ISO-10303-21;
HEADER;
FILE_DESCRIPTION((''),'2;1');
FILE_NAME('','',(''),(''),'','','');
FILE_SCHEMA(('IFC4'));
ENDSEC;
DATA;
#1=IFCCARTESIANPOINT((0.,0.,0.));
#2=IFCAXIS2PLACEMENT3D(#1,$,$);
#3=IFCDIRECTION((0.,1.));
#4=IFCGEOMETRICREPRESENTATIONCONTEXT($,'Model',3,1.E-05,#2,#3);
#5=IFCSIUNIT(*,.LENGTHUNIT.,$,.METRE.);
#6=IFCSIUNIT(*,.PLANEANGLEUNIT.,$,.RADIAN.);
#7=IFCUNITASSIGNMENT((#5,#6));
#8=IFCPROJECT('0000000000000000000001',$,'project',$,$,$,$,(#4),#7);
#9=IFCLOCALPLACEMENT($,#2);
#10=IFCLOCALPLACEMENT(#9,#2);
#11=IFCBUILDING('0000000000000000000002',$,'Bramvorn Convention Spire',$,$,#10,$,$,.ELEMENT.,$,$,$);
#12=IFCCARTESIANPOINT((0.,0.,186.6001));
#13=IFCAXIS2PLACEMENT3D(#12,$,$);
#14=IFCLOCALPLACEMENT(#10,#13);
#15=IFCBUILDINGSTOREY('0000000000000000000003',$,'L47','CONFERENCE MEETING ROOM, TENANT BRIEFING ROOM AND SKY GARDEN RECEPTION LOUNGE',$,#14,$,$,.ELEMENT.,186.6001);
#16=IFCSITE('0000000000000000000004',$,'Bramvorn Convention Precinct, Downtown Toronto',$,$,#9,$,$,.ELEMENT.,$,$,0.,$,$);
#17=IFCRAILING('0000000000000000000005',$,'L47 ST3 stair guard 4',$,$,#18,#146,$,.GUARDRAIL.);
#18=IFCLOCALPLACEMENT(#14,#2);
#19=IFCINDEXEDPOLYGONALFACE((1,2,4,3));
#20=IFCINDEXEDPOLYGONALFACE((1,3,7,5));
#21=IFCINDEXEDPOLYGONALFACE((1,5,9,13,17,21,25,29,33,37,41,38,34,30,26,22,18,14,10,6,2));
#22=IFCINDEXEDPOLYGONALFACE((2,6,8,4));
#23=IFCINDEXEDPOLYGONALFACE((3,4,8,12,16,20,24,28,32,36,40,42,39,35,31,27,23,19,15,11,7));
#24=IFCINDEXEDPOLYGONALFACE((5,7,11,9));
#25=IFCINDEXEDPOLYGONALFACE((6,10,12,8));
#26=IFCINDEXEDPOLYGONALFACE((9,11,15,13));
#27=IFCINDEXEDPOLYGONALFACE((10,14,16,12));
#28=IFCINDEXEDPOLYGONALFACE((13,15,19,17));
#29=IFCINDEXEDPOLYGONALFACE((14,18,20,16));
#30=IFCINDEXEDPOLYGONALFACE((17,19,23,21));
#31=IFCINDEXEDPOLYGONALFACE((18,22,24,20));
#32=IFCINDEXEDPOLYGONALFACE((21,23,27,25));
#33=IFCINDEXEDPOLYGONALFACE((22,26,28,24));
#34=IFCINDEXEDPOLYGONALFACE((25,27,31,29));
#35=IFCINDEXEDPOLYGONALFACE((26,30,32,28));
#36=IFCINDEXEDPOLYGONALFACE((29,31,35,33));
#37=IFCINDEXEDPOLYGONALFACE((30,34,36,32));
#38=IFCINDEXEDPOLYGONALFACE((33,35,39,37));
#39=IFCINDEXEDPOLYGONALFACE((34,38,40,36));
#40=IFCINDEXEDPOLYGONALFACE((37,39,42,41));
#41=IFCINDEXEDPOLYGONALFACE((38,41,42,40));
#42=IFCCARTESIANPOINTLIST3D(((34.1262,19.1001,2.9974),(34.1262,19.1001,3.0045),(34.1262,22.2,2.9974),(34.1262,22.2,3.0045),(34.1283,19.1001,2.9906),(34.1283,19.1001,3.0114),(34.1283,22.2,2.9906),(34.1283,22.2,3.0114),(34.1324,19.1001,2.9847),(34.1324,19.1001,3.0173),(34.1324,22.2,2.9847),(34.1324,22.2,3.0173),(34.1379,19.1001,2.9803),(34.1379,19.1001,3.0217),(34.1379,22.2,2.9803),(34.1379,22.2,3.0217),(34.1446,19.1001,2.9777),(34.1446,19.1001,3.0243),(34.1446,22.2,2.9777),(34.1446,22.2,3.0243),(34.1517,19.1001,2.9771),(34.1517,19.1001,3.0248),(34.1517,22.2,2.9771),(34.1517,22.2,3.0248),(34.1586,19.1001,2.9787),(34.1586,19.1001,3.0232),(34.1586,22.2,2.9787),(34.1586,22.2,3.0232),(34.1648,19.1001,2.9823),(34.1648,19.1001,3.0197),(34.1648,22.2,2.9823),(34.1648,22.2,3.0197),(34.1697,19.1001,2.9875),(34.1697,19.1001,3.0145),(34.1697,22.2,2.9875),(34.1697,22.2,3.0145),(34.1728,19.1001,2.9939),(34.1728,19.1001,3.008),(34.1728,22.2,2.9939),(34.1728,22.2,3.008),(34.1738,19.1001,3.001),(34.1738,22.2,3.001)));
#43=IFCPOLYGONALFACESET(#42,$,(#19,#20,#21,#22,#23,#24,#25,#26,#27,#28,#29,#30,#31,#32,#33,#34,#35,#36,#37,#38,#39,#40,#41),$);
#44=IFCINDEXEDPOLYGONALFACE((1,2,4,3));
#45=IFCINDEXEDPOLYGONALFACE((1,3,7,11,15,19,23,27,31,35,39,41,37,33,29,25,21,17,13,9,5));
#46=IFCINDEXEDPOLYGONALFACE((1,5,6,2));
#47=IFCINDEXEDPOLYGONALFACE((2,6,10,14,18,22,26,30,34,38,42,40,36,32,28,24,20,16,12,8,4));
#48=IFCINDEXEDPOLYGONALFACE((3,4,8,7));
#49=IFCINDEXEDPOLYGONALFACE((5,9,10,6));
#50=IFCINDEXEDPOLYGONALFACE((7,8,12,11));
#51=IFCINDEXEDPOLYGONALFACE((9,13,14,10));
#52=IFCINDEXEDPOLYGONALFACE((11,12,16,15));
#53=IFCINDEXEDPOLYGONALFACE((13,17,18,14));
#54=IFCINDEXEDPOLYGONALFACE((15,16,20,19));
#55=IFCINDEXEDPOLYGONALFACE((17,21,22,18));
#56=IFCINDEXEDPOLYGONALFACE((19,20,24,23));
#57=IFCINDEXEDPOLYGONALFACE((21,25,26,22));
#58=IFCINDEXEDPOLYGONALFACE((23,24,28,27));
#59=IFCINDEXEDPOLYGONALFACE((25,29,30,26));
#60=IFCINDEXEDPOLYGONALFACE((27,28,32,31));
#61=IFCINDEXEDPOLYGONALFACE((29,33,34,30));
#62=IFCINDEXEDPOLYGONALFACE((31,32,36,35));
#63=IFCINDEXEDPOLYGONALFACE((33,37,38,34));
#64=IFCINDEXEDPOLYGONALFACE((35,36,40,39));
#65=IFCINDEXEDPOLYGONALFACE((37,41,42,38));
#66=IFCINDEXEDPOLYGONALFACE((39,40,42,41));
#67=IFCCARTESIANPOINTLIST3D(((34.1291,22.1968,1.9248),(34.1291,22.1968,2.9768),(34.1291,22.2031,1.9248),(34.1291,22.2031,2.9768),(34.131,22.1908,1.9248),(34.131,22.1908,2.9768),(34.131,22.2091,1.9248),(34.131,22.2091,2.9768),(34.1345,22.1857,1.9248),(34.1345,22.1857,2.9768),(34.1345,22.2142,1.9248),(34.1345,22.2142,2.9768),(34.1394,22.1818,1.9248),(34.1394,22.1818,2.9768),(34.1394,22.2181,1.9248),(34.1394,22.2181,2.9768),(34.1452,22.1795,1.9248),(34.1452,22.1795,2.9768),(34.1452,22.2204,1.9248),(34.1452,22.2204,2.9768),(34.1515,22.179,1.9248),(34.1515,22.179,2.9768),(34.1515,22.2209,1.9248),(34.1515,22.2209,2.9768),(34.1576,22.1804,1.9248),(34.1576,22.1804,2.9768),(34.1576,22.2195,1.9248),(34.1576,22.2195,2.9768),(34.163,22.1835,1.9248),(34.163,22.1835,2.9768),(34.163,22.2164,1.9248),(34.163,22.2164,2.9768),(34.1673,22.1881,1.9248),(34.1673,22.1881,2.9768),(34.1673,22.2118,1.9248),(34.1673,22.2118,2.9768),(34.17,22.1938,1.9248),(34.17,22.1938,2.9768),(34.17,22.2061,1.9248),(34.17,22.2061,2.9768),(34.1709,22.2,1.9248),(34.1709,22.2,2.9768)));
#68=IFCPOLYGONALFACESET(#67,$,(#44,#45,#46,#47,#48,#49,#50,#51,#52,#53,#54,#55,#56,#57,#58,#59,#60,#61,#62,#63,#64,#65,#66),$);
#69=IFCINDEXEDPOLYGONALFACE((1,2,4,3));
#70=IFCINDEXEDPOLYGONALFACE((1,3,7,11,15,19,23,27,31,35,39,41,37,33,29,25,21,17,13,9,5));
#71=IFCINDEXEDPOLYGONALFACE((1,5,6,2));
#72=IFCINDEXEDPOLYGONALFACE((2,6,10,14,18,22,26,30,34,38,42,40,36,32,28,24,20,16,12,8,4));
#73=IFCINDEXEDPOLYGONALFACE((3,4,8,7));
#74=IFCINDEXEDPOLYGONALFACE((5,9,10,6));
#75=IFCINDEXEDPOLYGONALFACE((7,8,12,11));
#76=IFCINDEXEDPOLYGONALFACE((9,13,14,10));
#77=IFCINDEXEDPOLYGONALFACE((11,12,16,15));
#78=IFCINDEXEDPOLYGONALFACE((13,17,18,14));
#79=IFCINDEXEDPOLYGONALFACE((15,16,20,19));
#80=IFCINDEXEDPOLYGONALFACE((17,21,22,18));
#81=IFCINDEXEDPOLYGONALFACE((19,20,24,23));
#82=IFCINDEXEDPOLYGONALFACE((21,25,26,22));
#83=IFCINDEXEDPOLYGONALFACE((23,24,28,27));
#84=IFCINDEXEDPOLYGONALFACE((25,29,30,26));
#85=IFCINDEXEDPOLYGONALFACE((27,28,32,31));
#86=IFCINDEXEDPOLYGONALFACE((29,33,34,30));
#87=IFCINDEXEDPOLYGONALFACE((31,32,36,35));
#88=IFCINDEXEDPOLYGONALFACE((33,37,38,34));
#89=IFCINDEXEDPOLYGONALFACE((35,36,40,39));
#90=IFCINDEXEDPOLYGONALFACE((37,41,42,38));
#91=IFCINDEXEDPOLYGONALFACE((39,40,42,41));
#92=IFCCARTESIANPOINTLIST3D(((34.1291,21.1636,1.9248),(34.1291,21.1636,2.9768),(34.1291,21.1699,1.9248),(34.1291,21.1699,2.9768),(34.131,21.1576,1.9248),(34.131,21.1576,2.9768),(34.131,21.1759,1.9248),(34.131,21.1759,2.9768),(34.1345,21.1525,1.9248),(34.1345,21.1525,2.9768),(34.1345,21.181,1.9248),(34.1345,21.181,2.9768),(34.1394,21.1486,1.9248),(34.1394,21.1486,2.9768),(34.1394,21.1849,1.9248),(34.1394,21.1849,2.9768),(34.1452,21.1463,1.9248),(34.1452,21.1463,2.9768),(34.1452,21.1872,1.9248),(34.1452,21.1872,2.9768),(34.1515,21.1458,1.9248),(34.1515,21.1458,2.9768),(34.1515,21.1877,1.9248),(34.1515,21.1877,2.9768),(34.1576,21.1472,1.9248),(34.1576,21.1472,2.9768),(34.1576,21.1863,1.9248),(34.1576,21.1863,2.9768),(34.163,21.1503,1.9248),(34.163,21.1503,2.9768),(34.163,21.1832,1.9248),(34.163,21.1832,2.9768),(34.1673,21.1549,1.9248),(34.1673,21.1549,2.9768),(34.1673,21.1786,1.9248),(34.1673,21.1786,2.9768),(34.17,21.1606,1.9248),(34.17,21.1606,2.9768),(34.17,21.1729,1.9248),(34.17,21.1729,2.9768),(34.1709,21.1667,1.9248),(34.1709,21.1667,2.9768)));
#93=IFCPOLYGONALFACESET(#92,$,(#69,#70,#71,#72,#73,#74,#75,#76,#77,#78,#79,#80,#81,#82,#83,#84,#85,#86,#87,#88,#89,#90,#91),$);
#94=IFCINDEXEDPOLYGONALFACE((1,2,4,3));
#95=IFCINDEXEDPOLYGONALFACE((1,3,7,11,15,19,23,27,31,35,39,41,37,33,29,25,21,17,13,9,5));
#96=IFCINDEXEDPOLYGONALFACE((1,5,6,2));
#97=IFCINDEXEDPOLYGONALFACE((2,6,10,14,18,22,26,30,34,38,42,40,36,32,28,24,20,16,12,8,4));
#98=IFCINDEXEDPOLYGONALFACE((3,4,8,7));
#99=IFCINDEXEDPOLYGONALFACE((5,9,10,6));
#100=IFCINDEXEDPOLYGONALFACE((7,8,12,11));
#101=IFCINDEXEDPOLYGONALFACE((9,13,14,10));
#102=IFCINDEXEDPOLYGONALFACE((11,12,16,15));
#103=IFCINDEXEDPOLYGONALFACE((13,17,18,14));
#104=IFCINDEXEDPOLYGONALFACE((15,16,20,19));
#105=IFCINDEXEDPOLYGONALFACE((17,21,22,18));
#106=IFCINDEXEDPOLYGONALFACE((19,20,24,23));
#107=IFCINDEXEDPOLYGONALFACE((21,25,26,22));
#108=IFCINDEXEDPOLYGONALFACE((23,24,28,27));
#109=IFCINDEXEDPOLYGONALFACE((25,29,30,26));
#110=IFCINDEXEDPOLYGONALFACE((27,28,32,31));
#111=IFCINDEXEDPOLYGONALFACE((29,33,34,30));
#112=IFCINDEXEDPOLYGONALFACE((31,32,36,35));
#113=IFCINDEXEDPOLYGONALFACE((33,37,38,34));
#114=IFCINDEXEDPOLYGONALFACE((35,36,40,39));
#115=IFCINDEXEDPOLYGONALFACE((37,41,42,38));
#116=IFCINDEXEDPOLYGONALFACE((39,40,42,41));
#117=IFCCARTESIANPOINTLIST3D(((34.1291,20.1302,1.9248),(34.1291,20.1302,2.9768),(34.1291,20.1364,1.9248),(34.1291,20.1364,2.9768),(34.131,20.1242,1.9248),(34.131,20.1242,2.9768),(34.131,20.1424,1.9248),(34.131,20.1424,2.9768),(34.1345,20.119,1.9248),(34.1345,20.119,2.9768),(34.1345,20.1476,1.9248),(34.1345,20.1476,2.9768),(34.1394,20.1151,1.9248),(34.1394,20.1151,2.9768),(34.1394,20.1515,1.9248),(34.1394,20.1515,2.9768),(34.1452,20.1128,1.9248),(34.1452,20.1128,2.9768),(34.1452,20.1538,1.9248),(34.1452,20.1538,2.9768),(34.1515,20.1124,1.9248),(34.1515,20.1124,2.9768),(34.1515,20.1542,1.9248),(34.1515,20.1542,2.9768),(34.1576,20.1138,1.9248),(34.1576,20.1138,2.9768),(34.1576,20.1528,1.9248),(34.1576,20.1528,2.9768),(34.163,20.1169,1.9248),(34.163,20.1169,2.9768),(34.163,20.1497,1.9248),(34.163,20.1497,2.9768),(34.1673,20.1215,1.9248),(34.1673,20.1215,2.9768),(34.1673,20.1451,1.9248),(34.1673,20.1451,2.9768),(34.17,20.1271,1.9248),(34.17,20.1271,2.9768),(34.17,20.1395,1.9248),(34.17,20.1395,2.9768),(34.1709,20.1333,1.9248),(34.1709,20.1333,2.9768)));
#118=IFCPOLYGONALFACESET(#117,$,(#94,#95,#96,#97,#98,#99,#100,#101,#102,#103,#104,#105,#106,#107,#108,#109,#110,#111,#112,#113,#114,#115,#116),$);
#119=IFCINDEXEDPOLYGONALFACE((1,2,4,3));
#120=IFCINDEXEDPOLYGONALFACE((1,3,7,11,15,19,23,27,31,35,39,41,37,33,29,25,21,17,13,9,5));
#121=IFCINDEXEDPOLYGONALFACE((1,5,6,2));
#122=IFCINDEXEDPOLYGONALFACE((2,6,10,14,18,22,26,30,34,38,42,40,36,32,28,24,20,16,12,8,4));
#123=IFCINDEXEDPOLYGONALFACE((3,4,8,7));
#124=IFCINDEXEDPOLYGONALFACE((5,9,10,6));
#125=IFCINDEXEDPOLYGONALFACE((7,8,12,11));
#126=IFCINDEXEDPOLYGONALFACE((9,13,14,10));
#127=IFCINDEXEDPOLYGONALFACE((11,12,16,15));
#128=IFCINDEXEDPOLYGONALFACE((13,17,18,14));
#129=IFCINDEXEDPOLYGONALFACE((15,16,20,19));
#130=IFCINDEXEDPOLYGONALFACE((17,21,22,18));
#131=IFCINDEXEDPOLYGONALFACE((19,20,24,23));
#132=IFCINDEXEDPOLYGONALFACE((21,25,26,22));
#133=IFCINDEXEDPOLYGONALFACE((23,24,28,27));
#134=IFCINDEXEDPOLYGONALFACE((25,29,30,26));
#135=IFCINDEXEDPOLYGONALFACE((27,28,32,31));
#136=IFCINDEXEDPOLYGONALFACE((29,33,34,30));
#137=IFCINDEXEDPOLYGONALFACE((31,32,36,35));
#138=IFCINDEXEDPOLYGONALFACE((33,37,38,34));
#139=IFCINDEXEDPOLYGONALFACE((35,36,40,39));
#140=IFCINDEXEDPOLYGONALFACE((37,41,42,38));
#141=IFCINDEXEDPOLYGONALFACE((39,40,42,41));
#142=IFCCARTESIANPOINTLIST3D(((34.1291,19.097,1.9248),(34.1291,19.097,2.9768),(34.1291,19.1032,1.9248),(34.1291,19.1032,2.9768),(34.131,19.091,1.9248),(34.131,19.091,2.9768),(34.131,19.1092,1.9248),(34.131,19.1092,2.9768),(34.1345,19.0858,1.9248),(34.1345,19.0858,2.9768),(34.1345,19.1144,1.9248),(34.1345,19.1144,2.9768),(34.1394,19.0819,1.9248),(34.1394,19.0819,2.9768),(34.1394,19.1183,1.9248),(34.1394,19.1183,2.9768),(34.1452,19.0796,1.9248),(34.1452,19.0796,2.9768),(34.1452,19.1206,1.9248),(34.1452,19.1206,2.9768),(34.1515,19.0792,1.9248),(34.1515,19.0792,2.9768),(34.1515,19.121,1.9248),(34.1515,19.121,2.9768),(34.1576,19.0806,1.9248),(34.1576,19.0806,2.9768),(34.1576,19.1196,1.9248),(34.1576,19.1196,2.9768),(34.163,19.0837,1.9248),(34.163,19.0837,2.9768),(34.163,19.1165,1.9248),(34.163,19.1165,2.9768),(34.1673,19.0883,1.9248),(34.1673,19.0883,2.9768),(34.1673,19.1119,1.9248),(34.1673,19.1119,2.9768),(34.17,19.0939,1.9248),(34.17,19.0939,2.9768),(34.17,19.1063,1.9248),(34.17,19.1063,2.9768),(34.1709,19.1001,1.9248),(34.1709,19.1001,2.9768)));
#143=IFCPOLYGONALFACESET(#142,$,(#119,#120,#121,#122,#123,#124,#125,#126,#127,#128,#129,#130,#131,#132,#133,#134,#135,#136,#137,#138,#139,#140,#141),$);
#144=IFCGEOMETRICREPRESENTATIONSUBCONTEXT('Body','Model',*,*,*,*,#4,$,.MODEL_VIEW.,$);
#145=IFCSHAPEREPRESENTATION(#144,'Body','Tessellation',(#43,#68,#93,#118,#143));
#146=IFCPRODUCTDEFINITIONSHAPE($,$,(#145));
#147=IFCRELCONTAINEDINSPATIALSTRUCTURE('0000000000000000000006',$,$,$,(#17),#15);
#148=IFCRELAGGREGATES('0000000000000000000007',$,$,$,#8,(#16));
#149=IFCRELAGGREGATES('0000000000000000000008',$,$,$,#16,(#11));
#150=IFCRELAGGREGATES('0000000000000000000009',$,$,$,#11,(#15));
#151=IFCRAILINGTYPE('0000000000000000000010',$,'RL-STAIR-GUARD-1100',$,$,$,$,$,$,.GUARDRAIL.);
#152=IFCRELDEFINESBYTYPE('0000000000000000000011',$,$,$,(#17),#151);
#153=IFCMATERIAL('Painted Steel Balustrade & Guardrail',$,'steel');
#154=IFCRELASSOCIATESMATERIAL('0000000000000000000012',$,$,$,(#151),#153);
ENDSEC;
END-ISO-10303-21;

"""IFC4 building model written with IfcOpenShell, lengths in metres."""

from ifc_helpers import new_model, si_unit, direction, frame, origin, origin_2d, place, context, subcontext, project, spatial, circle, extrude, material, type_object, element, save


model = new_model("IFC4")

# Units and contexts
model_context = context("Model", 3, precision=1e-05, world=origin(), true_north=direction((0.0, 1.0)))
body_context = subcontext(model_context, "Body", "Model", "MODEL_VIEW")
ifc_project = project(units=[si_unit("LENGTHUNIT", "METRE"), si_unit("PLANEANGLEUNIT", "RADIAN")], contexts=[model_context])

# Site, building, storey
site_placement = place(None, origin())
site = spatial("IfcSite", under=ifc_project, at=site_placement, Name="Bramvorn Convention Precinct, Downtown Toronto", CompositionType="ELEMENT", RefElevation=0.0)
building_placement = place(site_placement, origin())
building = spatial("IfcBuilding", under=site, at=building_placement, Name="Bramvorn Convention Spire", CompositionType="ELEMENT")
storey_placement = place(building_placement, frame((0.0, 0.0, 186.6001)))
storey = spatial("IfcBuildingStorey", under=building, at=storey_placement, Name="L47", Description="CONFERENCE MEETING ROOM, TENANT BRIEFING ROOM AND SKY GARDEN RECEPTION LOUNGE", CompositionType="ELEMENT", Elevation=186.6001)

# Railing
ifc_material_1 = material(Name="Painted Steel Balustrade & Guardrail", Category="steel")
railing_type_1 = type_object("IfcRailingType", Name="RL-STAIR-GUARD-1100", PredefinedType="GUARDRAIL", material=ifc_material_1)
for number, where, name in (
    (1, (34.1499, 22.2, 1.9248), "L47 ST3 stair guard 4"),
):
    element("IfcRailing", number, at=place(storey_placement, frame(where)), inside=storey, type_object=railing_type_1, Name=name, PredefinedType="GUARDRAIL", context=body_context, shape_type="SweptSolid", body=[
        extrude(circle(Radius=0.0239, at=origin_2d()), frame((0.0, 0.0, 1.0762), z_axis=(0.0, -1.0, 0.0), x_axis=(1.0, 0.0, 0.0)), (0.0, 0.0, 1.0), 3.0999),
        extrude(circle(Radius=0.021, at=origin_2d()), origin(), (0.0, 0.0, 1.0), 1.052),
        extrude(circle(Radius=0.021, at=origin_2d()), frame((0.0, -1.0332, 0.0)), (0.0, 0.0, 1.0), 1.052),
        extrude(circle(Radius=0.021, at=origin_2d()), frame((0.0, -2.0667, 0.0)), (0.0, 0.0, 1.0), 1.052),
        extrude(circle(Radius=0.021, at=origin_2d()), frame((0.0, -3.0999, 0.0)), (0.0, 0.0, 1.0), 1.052),
    ])

save(model, "model.ifc")
